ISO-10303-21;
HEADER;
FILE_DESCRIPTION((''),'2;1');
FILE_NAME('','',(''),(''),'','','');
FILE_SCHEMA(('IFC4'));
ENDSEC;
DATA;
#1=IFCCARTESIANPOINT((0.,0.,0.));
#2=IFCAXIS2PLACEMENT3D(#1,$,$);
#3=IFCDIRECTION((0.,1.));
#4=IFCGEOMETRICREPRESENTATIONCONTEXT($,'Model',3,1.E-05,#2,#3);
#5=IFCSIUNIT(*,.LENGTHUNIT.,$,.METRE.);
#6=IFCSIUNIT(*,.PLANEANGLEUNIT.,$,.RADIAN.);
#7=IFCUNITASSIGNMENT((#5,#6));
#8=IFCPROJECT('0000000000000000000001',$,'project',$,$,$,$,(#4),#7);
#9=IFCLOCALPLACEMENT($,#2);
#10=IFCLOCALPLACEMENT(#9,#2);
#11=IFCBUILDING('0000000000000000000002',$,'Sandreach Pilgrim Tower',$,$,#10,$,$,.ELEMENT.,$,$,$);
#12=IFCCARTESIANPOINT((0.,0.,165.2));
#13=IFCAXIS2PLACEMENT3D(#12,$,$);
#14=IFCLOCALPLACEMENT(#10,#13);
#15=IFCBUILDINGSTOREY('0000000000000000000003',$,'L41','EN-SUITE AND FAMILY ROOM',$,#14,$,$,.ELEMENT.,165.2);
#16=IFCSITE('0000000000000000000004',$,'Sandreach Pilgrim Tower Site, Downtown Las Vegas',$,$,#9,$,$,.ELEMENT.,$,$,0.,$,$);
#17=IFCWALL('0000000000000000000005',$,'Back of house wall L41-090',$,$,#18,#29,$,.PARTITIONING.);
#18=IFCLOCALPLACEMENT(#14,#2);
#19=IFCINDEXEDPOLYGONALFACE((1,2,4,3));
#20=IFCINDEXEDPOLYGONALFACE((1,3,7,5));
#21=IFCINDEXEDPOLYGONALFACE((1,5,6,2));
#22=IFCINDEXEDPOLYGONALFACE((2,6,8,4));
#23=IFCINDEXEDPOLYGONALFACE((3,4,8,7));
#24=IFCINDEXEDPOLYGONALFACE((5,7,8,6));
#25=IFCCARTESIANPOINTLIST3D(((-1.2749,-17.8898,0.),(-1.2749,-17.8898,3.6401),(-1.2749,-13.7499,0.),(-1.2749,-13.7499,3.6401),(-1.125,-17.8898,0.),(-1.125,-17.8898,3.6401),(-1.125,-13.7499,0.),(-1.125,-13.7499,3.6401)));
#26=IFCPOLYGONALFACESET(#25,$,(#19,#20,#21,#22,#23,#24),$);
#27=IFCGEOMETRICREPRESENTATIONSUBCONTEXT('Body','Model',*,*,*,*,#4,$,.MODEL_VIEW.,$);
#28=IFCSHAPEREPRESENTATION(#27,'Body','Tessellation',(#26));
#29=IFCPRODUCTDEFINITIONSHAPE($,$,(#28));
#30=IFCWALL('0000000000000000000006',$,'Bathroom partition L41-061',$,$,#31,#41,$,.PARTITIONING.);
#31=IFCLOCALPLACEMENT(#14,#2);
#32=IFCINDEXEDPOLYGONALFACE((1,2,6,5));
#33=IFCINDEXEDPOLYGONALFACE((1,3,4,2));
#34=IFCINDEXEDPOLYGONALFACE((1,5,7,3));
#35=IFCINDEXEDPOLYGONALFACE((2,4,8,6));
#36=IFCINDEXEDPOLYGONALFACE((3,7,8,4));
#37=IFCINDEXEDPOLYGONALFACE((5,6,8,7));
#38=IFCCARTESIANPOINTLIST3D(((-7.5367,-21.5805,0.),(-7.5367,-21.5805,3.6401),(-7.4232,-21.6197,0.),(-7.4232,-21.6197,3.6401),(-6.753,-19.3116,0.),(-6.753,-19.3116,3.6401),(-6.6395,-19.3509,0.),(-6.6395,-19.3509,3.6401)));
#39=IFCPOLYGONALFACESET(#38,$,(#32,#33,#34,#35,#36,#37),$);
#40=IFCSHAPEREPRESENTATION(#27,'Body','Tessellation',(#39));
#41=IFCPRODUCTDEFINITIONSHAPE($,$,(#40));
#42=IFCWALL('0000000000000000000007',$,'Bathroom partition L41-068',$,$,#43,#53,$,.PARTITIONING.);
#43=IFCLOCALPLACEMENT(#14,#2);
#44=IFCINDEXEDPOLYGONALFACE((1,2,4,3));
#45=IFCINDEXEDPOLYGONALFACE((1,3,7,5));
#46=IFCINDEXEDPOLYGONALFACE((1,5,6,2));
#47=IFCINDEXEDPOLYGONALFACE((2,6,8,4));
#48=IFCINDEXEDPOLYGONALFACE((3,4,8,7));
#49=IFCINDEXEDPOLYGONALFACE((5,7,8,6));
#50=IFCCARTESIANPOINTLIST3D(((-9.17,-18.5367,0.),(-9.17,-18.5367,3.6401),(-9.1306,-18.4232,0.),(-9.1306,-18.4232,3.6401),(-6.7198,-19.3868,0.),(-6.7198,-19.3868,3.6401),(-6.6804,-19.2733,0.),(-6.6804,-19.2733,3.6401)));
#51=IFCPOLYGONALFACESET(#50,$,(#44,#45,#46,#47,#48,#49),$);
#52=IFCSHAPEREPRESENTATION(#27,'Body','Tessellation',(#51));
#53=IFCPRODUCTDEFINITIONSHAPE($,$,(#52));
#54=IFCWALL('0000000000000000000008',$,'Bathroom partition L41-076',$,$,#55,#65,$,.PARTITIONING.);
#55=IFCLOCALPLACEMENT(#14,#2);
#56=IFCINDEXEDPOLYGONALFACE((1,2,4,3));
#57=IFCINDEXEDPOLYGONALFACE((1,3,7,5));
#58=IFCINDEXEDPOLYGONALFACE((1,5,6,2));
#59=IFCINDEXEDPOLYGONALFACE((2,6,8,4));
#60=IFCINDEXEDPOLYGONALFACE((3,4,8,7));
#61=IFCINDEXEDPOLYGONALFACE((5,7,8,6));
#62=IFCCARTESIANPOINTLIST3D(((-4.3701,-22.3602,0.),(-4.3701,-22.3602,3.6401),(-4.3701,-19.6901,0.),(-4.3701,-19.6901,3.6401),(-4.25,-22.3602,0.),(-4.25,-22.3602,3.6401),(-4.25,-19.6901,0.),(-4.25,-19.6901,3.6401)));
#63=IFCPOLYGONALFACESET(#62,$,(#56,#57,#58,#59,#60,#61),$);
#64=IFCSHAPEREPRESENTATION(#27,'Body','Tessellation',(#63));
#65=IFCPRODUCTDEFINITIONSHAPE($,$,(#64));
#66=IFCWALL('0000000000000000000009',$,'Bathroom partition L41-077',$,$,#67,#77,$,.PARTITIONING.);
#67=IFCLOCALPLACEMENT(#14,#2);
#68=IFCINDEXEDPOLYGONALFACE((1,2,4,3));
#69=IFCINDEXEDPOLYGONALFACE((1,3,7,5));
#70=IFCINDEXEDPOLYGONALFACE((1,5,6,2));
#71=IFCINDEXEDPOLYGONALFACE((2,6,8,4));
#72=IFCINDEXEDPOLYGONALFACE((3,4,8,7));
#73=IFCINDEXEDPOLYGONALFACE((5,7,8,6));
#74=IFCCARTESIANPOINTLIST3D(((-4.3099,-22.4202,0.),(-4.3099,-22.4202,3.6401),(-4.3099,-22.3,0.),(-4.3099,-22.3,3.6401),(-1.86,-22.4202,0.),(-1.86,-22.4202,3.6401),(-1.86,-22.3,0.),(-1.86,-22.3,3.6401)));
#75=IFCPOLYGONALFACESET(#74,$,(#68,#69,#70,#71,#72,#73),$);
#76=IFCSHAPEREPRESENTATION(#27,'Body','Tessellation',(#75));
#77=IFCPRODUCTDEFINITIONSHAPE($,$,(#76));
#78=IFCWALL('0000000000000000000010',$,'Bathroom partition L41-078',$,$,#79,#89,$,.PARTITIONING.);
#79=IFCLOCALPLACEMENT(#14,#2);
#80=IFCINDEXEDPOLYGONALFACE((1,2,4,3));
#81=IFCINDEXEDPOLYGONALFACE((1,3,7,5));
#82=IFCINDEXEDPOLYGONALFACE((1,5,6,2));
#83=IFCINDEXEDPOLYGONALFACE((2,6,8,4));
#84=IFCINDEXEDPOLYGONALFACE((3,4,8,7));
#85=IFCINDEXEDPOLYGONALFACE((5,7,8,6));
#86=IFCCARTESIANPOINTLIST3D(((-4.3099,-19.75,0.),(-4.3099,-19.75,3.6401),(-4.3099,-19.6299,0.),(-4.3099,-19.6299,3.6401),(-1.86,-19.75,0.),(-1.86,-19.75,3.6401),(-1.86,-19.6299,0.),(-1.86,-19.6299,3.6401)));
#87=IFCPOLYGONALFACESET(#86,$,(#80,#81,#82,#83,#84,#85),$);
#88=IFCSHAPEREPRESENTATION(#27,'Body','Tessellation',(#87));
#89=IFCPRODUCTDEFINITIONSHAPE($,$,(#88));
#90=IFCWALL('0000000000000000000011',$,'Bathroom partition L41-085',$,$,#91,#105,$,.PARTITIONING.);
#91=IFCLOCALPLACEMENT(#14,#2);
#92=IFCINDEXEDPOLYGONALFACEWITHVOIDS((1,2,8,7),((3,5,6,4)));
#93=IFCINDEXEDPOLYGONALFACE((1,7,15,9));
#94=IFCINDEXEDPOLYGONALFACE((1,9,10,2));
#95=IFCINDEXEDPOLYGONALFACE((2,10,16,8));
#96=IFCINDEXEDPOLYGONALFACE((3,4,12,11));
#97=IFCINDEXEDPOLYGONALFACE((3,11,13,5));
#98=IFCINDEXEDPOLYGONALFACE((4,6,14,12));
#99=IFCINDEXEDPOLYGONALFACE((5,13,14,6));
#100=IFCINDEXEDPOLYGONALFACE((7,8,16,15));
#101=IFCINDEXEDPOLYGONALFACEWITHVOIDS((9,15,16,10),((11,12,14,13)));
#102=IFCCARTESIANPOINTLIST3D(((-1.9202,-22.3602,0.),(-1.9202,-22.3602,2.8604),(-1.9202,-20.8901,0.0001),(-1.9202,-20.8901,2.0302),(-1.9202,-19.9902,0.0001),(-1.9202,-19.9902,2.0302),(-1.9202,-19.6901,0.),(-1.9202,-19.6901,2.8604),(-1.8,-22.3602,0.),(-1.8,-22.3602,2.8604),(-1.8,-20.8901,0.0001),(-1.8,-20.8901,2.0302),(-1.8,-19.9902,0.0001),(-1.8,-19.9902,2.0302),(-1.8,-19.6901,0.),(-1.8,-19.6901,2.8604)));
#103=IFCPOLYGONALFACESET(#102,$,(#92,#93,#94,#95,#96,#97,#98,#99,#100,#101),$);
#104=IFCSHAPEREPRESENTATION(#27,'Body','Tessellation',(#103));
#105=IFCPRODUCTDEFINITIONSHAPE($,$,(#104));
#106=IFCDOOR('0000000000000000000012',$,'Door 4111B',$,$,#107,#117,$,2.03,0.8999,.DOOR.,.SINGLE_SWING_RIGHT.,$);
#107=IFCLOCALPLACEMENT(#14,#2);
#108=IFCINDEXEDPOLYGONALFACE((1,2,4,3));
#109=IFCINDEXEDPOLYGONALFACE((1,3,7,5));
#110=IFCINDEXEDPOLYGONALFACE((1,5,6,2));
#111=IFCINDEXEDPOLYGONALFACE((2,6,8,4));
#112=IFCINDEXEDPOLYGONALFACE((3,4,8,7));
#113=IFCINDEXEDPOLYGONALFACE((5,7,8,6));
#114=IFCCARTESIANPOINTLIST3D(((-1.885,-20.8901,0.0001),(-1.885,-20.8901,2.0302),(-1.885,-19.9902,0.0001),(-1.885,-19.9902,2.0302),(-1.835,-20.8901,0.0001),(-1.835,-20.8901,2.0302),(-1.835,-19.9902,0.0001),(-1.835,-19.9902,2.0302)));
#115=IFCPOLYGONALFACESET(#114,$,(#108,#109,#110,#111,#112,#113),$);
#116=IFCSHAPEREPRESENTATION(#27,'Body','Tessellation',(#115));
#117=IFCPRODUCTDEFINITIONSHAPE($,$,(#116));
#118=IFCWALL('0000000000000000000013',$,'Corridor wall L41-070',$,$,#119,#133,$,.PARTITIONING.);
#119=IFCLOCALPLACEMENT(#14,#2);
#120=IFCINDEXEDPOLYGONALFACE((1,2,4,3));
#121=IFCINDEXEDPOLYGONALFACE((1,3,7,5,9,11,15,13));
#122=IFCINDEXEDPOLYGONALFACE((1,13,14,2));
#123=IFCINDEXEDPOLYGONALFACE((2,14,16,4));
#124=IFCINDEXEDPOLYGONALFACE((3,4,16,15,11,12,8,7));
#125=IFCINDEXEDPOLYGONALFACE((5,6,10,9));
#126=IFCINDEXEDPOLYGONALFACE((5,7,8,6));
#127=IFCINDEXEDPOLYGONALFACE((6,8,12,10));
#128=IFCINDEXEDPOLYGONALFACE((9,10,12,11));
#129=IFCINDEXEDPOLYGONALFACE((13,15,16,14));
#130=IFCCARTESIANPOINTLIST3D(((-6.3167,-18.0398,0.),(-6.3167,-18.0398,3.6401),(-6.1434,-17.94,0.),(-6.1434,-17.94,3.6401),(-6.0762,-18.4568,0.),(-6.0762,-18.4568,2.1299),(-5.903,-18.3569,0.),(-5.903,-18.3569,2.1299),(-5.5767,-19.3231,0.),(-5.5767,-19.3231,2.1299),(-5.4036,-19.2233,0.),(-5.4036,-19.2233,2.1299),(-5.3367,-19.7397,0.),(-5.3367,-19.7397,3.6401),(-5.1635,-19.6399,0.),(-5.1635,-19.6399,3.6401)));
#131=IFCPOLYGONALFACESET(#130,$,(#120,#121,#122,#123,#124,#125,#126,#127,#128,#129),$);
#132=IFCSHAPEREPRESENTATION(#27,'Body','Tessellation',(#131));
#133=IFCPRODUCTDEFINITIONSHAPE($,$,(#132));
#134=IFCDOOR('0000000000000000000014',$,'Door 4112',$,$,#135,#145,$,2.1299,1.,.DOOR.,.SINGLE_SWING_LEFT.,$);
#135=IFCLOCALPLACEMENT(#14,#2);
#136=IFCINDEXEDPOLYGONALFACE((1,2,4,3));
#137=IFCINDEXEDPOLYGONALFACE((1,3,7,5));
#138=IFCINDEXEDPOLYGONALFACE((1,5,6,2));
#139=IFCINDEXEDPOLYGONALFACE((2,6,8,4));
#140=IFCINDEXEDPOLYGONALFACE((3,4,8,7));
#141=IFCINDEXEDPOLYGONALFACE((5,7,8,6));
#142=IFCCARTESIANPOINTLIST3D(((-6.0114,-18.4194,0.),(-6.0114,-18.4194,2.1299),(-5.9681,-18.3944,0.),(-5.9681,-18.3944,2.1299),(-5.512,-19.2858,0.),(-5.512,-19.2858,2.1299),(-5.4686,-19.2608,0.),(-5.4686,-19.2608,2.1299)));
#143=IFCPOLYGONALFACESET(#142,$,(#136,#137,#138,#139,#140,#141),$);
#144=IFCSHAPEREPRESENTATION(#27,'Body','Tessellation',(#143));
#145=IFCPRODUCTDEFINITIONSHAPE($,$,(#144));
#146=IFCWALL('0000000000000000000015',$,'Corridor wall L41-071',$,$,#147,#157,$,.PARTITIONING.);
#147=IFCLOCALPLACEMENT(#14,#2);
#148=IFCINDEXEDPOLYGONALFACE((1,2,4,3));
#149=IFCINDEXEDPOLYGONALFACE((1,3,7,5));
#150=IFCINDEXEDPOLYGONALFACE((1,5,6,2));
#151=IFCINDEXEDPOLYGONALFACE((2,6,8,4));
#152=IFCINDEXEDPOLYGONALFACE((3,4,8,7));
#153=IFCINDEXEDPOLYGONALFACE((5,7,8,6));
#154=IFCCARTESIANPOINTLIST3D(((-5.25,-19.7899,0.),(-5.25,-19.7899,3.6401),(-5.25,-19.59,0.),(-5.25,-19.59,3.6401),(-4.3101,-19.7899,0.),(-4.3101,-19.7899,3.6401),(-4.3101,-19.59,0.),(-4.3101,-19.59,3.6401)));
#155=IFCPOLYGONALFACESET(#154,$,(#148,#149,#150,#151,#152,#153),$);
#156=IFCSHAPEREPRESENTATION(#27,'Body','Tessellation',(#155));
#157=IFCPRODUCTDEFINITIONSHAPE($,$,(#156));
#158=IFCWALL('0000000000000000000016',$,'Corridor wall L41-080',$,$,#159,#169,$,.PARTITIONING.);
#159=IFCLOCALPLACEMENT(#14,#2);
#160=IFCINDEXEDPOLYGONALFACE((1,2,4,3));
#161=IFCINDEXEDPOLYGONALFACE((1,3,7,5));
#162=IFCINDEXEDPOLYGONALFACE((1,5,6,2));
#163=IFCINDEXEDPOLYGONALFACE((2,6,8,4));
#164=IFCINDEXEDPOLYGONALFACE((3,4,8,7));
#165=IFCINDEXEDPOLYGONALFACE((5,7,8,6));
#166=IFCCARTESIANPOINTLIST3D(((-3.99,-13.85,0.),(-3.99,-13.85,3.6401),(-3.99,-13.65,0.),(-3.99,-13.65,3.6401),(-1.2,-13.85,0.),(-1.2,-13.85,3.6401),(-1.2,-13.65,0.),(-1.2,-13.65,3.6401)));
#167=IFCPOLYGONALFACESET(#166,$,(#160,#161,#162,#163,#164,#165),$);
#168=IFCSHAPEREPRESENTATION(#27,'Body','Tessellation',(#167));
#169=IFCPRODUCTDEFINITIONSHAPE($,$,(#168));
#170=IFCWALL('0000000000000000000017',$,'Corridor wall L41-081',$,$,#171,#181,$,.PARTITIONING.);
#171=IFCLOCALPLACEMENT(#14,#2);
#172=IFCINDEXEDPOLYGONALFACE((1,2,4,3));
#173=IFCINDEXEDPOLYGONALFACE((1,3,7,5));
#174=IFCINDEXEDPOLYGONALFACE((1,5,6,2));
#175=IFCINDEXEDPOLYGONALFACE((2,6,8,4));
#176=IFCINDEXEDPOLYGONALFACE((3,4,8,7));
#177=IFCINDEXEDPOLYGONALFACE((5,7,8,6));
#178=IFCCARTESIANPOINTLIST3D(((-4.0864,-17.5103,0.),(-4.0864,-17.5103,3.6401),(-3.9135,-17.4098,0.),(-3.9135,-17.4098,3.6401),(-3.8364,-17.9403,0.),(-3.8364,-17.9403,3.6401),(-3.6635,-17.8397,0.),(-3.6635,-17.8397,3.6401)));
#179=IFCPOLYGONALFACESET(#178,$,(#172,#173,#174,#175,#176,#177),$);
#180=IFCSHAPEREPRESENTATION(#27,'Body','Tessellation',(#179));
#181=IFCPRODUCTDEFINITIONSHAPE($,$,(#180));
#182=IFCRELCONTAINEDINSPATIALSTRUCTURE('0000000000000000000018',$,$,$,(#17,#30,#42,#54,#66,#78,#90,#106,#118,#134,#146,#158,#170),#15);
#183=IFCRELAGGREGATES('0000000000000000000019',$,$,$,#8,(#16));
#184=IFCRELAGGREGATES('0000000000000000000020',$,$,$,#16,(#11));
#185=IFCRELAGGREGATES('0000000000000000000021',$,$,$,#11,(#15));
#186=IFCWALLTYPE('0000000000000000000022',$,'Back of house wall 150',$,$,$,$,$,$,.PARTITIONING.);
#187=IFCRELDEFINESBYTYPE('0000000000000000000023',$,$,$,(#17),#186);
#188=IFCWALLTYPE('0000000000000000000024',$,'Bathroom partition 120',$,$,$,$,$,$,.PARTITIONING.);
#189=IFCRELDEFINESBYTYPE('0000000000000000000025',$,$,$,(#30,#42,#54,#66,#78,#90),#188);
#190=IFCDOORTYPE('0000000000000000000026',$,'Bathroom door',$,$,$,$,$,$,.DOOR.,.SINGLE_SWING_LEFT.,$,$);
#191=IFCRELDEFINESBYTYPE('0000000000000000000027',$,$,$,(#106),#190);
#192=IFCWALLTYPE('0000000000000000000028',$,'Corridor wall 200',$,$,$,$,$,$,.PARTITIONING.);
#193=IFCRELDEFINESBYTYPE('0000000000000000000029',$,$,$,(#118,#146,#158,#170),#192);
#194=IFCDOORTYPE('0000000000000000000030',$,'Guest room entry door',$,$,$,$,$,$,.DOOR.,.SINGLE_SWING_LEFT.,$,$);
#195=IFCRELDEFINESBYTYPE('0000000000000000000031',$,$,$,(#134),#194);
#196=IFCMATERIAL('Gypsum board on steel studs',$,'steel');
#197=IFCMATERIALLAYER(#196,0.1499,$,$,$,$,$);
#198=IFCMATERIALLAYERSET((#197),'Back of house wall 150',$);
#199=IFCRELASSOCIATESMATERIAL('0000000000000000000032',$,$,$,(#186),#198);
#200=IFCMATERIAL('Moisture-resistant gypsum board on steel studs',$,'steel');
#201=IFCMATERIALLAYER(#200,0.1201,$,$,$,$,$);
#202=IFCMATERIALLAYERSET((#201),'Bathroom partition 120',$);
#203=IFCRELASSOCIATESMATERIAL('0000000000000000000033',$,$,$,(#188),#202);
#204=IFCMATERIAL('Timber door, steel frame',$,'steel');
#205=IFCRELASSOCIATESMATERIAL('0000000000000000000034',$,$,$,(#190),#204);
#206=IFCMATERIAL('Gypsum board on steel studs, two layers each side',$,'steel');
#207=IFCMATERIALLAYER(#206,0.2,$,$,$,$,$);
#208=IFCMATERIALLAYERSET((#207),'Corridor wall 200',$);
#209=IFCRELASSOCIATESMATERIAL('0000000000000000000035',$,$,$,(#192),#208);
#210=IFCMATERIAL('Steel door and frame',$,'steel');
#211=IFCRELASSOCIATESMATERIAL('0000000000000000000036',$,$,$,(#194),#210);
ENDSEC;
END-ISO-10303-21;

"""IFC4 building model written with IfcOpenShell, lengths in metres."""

from ifc_helpers import new_model, si_unit, direction, frame, frame_2d, origin, place, context, subcontext, project, spatial, rectangle, extrude, material, layer, layer_set, type_object, element, fill, save


model = new_model("IFC4")

# Units and contexts
model_context = context("Model", 3, precision=1e-05, world=origin(), true_north=direction((0.0, 1.0)))
body_context = subcontext(model_context, "Body", "Model", "MODEL_VIEW")
ifc_project = project(units=[si_unit("LENGTHUNIT", "METRE"), si_unit("PLANEANGLEUNIT", "RADIAN")], contexts=[model_context])

# Site, building, storey
site_placement = place(None, origin())
site = spatial("IfcSite", under=ifc_project, at=site_placement, Name="Sandreach Pilgrim Tower Site, Downtown Las Vegas", CompositionType="ELEMENT", RefElevation=0.0)
building_placement = place(site_placement, origin())
building = spatial("IfcBuilding", under=site, at=building_placement, Name="Sandreach Pilgrim Tower", CompositionType="ELEMENT")
storey_placement = place(building_placement, frame((0.0, 0.0, 165.2)))
storey = spatial("IfcBuildingStorey", under=building, at=storey_placement, Name="L41", Description="EN-SUITE AND FAMILY ROOM", CompositionType="ELEMENT", Elevation=165.2)

# Walls
ifc_material_1 = material(Name="Gypsum board on steel studs", Category="steel")
ifc_layer_1 = layer(ifc_material_1, 0.1499)
ifc_layer_set_1 = layer_set([ifc_layer_1], Name="Back of house wall 150")
wall_type_1 = type_object("IfcWallType", Name="Back of house wall 150", PredefinedType="PARTITIONING", material=ifc_layer_set_1)
wall_1_placement = place(storey_placement, frame((-1.2, -13.75, 0.0), z_axis=(0.0, 0.0, 1.0), x_axis=(0.0, -1.0, 0.0)))
element("IfcWall", 1, at=wall_1_placement, inside=storey, type_object=wall_type_1, Name="Back of house wall L41-090", PredefinedType="PARTITIONING", context=body_context, shape_type="SweptSolid", body=[
    extrude(rectangle(XDim=4.1399, YDim=0.1499, at=frame_2d((2.0698, 0.0))), origin(), (0.0, 0.0, 1.0), 3.6401),
])
ifc_material_2 = material(Name="Moisture-resistant gypsum board on steel studs", Category="steel")
ifc_layer_2 = layer(ifc_material_2, 0.1201)
ifc_layer_set_2 = layer_set([ifc_layer_2], Name="Bathroom partition 120")
wall_type_2 = type_object("IfcWallType", Name="Bathroom partition 120", PredefinedType="PARTITIONING", material=ifc_layer_set_2)
wall_2_placement = place(storey_placement, frame((-7.48, -21.6001, 0.0), z_axis=(0.0, 0.0, 1.0), x_axis=(0.326492, 0.9452, 0.0)))
element("IfcWall", 2, at=wall_2_placement, inside=storey, type_object=wall_type_2, Name="Bathroom partition L41-061", PredefinedType="PARTITIONING", context=body_context, shape_type="SweptSolid", body=[
    extrude(rectangle(XDim=2.4004, YDim=0.1201, at=frame_2d((1.2002, 0.0))), origin(), (0.0, 0.0, 1.0), 3.6401),
])
wall_3_placement = place(storey_placement, frame((-6.7, -19.3301, 0.0), z_axis=(0.0, 0.0, 1.0), x_axis=(-0.944753, 0.327783, 0.0)))
element("IfcWall", 3, at=wall_3_placement, inside=storey, type_object=wall_type_2, Name="Bathroom partition L41-068", PredefinedType="PARTITIONING", context=body_context, shape_type="SweptSolid", body=[
    extrude(rectangle(XDim=2.5935, YDim=0.1201, at=frame_2d((1.2969, 0.0))), origin(), (0.0, 0.0, 1.0), 3.6401),
])
wall_4_placement = place(storey_placement, frame((-4.3101, -22.3601, 0.0), z_axis=(0.0, 0.0, 1.0), x_axis=(0.0, 1.0, 0.0)))
element("IfcWall", 4, at=wall_4_placement, inside=storey, type_object=wall_type_2, Name="Bathroom partition L41-076", PredefinedType="PARTITIONING", context=body_context, shape_type="SweptSolid", body=[
    extrude(rectangle(XDim=2.6702, YDim=0.1201, at=frame_2d((1.335, 0.0))), origin(), (0.0, 0.0, 1.0), 3.6401),
])
for number, where, z_axis, x_axis, name in (
    (5, (-4.3101, -22.3601, 0.0), (0.0, 0.0, 1.0), (1.0, 0.0, 0.0), "Bathroom partition L41-077"),
    (6, (-4.3101, -19.6899, 0.0), (0.0, 0.0, 1.0), (1.0, 0.0, 0.0), "Bathroom partition L41-078"),
):
    element("IfcWall", number, at=place(storey_placement, frame(where, z_axis=z_axis, x_axis=x_axis)), inside=storey, type_object=wall_type_2, Name=name, PredefinedType="PARTITIONING", context=body_context, shape_type="SweptSolid", body=[
        extrude(rectangle(XDim=2.45, YDim=0.1201, at=frame_2d((1.2251, 0.0))), origin(), (0.0, 0.0, 1.0), 3.6401),
    ])

# Walls, openings, doors
wall_5_placement = place(storey_placement, frame((-1.8601, -22.3601, 0.0), z_axis=(0.0, 0.0, 1.0), x_axis=(0.0, 1.0, 0.0)))
wall_5 = element("IfcWall", 7, at=wall_5_placement, inside=storey, type_object=wall_type_2, Name="Bathroom partition L41-085", PredefinedType="PARTITIONING", context=body_context, shape_type="SweptSolid", body=[
    extrude(rectangle(XDim=2.6702, YDim=0.1201, at=frame_2d((1.335, 0.0))), origin(), (0.0, 0.0, 1.0), 2.8604),
])
opening_1_placement = place(wall_5_placement, frame((1.47, 0.0, 0.0)))
opening_1 = element("IfcOpeningElement", 8, at=opening_1_placement, cuts=wall_5, PredefinedType="OPENING", context=body_context, shape_type="SweptSolid", body=[
    extrude(rectangle(XDim=0.8999, YDim=2.03, at=frame_2d((0.45, 1.0151))), frame((0.0, 0.0601, 0.0), z_axis=(0.0, -1.0, 0.0), x_axis=(1.0, 0.0, 0.0)), (0.0, 0.0, 1.0), 0.1201),
])
ifc_material_3 = material(Name="Timber door, steel frame", Category="steel")
door_type_1 = type_object("IfcDoorType", Name="Bathroom door", OperationType="SINGLE_SWING_LEFT", PredefinedType="DOOR", material=ifc_material_3)
door_1_placement = place(opening_1_placement, origin())
door_1 = element("IfcDoor", 9, at=door_1_placement, inside=storey, type_object=door_type_1, Name="Door 4111B", OperationType="SINGLE_SWING_RIGHT", OverallHeight=2.03, OverallWidth=0.8999, PredefinedType="DOOR", context=body_context, shape_type="SweptSolid", body=[
    extrude(rectangle(XDim=0.8999, YDim=2.03, at=frame_2d((0.45, 1.0151))), frame((0.0, 0.0249, 0.0), z_axis=(0.0, -1.0, 0.0), x_axis=(1.0, 0.0, 0.0)), (0.0, 0.0, 1.0), 0.05),
])
fill(opening_1, door_1)
ifc_material_4 = material(Name="Gypsum board on steel studs, two layers each side", Category="steel")
ifc_layer_3 = layer(ifc_material_4, 0.2)
ifc_layer_set_3 = layer_set([ifc_layer_3], Name="Corridor wall 200")
wall_type_3 = type_object("IfcWallType", Name="Corridor wall 200", PredefinedType="PARTITIONING", material=ifc_layer_set_3)
ifc_material_5 = material(Name="Steel door and frame", Category="steel")
door_type_2 = type_object("IfcDoorType", Name="Guest room entry door", OperationType="SINGLE_SWING_LEFT", PredefinedType="DOOR", material=ifc_material_5)
wall_6_placement = place(storey_placement, frame((-6.23, -17.99, 0.0), z_axis=(0.0, 0.0, 1.0), x_axis=(0.499432, -0.866353, 0.0)))
wall_6 = element("IfcWall", 10, at=wall_6_placement, inside=storey, type_object=wall_type_3, Name="Corridor wall L41-070", PredefinedType="PARTITIONING", context=body_context, shape_type="SweptSolid", body=[
    extrude(rectangle(XDim=1.9622, YDim=0.2, at=frame_2d((0.981, 0.0))), origin(), (0.0, 0.0, 1.0), 3.6401),
])
opening_2_placement = place(wall_6_placement, frame((0.4812, 0.0, 0.0)))
opening_2 = element("IfcOpeningElement", 11, at=opening_2_placement, cuts=wall_6, PredefinedType="OPENING", context=body_context, shape_type="SweptSolid", body=[
    extrude(rectangle(XDim=1.0, YDim=2.1299, at=frame_2d((0.5, 1.0649))), frame((0.0, 0.1001, 0.0), z_axis=(0.0, -1.0, 0.0), x_axis=(1.0, 0.0, 0.0)), (0.0, 0.0, 1.0), 0.2),
])
door_2_placement = place(opening_2_placement, origin())
door_2 = element("IfcDoor", 12, at=door_2_placement, inside=storey, type_object=door_type_2, Name="Door 4112", OperationType="SINGLE_SWING_LEFT", OverallHeight=2.1299, OverallWidth=1.0, PredefinedType="DOOR", context=body_context, shape_type="SweptSolid", body=[
    extrude(rectangle(XDim=1.0, YDim=2.1299, at=frame_2d((0.5, 1.0649))), frame((0.0, 0.0249, 0.0), z_axis=(0.0, -1.0, 0.0), x_axis=(1.0, 0.0, 0.0)), (0.0, 0.0, 1.0), 0.05),
])
fill(opening_2, door_2)

# Wall
wall_7_placement = place(storey_placement, frame((-5.25, -19.6899, 0.0), z_axis=(0.0, 0.0, 1.0), x_axis=(1.0, 0.0, 0.0)))
element("IfcWall", 13, at=wall_7_placement, inside=storey, type_object=wall_type_3, Name="Corridor wall L41-071", PredefinedType="PARTITIONING", context=body_context, shape_type="SweptSolid", body=[
    extrude(rectangle(XDim=0.9399, YDim=0.2, at=frame_2d((0.47, 0.0))), origin(), (0.0, 0.0, 1.0), 3.6401),
])

# Walls
wall_8_placement = place(storey_placement, frame((-3.99, -13.75, 0.0), z_axis=(0.0, 0.0, 1.0), x_axis=(1.0, 0.0, 0.0)))
element("IfcWall", 14, at=wall_8_placement, inside=storey, type_object=wall_type_3, Name="Corridor wall L41-080", PredefinedType="PARTITIONING", context=body_context, shape_type="SweptSolid", body=[
    extrude(rectangle(XDim=2.79, YDim=0.2, at=frame_2d((1.395, 0.0))), origin(), (0.0, 0.0, 1.0), 3.6401),
])
wall_9_placement = place(storey_placement, frame((-3.75, -17.8899, 0.0), z_axis=(0.0, 0.0, 1.0), x_axis=(-0.50268, 0.864472, 0.0)))
element("IfcWall", 15, at=wall_9_placement, inside=storey, type_object=wall_type_3, Name="Corridor wall L41-081", PredefinedType="PARTITIONING", context=body_context, shape_type="SweptSolid", body=[
    extrude(rectangle(XDim=0.4973, YDim=0.2, at=frame_2d((0.2485, 0.0))), origin(), (0.0, 0.0, 1.0), 3.6401),
])

save(model, "model.ifc")
